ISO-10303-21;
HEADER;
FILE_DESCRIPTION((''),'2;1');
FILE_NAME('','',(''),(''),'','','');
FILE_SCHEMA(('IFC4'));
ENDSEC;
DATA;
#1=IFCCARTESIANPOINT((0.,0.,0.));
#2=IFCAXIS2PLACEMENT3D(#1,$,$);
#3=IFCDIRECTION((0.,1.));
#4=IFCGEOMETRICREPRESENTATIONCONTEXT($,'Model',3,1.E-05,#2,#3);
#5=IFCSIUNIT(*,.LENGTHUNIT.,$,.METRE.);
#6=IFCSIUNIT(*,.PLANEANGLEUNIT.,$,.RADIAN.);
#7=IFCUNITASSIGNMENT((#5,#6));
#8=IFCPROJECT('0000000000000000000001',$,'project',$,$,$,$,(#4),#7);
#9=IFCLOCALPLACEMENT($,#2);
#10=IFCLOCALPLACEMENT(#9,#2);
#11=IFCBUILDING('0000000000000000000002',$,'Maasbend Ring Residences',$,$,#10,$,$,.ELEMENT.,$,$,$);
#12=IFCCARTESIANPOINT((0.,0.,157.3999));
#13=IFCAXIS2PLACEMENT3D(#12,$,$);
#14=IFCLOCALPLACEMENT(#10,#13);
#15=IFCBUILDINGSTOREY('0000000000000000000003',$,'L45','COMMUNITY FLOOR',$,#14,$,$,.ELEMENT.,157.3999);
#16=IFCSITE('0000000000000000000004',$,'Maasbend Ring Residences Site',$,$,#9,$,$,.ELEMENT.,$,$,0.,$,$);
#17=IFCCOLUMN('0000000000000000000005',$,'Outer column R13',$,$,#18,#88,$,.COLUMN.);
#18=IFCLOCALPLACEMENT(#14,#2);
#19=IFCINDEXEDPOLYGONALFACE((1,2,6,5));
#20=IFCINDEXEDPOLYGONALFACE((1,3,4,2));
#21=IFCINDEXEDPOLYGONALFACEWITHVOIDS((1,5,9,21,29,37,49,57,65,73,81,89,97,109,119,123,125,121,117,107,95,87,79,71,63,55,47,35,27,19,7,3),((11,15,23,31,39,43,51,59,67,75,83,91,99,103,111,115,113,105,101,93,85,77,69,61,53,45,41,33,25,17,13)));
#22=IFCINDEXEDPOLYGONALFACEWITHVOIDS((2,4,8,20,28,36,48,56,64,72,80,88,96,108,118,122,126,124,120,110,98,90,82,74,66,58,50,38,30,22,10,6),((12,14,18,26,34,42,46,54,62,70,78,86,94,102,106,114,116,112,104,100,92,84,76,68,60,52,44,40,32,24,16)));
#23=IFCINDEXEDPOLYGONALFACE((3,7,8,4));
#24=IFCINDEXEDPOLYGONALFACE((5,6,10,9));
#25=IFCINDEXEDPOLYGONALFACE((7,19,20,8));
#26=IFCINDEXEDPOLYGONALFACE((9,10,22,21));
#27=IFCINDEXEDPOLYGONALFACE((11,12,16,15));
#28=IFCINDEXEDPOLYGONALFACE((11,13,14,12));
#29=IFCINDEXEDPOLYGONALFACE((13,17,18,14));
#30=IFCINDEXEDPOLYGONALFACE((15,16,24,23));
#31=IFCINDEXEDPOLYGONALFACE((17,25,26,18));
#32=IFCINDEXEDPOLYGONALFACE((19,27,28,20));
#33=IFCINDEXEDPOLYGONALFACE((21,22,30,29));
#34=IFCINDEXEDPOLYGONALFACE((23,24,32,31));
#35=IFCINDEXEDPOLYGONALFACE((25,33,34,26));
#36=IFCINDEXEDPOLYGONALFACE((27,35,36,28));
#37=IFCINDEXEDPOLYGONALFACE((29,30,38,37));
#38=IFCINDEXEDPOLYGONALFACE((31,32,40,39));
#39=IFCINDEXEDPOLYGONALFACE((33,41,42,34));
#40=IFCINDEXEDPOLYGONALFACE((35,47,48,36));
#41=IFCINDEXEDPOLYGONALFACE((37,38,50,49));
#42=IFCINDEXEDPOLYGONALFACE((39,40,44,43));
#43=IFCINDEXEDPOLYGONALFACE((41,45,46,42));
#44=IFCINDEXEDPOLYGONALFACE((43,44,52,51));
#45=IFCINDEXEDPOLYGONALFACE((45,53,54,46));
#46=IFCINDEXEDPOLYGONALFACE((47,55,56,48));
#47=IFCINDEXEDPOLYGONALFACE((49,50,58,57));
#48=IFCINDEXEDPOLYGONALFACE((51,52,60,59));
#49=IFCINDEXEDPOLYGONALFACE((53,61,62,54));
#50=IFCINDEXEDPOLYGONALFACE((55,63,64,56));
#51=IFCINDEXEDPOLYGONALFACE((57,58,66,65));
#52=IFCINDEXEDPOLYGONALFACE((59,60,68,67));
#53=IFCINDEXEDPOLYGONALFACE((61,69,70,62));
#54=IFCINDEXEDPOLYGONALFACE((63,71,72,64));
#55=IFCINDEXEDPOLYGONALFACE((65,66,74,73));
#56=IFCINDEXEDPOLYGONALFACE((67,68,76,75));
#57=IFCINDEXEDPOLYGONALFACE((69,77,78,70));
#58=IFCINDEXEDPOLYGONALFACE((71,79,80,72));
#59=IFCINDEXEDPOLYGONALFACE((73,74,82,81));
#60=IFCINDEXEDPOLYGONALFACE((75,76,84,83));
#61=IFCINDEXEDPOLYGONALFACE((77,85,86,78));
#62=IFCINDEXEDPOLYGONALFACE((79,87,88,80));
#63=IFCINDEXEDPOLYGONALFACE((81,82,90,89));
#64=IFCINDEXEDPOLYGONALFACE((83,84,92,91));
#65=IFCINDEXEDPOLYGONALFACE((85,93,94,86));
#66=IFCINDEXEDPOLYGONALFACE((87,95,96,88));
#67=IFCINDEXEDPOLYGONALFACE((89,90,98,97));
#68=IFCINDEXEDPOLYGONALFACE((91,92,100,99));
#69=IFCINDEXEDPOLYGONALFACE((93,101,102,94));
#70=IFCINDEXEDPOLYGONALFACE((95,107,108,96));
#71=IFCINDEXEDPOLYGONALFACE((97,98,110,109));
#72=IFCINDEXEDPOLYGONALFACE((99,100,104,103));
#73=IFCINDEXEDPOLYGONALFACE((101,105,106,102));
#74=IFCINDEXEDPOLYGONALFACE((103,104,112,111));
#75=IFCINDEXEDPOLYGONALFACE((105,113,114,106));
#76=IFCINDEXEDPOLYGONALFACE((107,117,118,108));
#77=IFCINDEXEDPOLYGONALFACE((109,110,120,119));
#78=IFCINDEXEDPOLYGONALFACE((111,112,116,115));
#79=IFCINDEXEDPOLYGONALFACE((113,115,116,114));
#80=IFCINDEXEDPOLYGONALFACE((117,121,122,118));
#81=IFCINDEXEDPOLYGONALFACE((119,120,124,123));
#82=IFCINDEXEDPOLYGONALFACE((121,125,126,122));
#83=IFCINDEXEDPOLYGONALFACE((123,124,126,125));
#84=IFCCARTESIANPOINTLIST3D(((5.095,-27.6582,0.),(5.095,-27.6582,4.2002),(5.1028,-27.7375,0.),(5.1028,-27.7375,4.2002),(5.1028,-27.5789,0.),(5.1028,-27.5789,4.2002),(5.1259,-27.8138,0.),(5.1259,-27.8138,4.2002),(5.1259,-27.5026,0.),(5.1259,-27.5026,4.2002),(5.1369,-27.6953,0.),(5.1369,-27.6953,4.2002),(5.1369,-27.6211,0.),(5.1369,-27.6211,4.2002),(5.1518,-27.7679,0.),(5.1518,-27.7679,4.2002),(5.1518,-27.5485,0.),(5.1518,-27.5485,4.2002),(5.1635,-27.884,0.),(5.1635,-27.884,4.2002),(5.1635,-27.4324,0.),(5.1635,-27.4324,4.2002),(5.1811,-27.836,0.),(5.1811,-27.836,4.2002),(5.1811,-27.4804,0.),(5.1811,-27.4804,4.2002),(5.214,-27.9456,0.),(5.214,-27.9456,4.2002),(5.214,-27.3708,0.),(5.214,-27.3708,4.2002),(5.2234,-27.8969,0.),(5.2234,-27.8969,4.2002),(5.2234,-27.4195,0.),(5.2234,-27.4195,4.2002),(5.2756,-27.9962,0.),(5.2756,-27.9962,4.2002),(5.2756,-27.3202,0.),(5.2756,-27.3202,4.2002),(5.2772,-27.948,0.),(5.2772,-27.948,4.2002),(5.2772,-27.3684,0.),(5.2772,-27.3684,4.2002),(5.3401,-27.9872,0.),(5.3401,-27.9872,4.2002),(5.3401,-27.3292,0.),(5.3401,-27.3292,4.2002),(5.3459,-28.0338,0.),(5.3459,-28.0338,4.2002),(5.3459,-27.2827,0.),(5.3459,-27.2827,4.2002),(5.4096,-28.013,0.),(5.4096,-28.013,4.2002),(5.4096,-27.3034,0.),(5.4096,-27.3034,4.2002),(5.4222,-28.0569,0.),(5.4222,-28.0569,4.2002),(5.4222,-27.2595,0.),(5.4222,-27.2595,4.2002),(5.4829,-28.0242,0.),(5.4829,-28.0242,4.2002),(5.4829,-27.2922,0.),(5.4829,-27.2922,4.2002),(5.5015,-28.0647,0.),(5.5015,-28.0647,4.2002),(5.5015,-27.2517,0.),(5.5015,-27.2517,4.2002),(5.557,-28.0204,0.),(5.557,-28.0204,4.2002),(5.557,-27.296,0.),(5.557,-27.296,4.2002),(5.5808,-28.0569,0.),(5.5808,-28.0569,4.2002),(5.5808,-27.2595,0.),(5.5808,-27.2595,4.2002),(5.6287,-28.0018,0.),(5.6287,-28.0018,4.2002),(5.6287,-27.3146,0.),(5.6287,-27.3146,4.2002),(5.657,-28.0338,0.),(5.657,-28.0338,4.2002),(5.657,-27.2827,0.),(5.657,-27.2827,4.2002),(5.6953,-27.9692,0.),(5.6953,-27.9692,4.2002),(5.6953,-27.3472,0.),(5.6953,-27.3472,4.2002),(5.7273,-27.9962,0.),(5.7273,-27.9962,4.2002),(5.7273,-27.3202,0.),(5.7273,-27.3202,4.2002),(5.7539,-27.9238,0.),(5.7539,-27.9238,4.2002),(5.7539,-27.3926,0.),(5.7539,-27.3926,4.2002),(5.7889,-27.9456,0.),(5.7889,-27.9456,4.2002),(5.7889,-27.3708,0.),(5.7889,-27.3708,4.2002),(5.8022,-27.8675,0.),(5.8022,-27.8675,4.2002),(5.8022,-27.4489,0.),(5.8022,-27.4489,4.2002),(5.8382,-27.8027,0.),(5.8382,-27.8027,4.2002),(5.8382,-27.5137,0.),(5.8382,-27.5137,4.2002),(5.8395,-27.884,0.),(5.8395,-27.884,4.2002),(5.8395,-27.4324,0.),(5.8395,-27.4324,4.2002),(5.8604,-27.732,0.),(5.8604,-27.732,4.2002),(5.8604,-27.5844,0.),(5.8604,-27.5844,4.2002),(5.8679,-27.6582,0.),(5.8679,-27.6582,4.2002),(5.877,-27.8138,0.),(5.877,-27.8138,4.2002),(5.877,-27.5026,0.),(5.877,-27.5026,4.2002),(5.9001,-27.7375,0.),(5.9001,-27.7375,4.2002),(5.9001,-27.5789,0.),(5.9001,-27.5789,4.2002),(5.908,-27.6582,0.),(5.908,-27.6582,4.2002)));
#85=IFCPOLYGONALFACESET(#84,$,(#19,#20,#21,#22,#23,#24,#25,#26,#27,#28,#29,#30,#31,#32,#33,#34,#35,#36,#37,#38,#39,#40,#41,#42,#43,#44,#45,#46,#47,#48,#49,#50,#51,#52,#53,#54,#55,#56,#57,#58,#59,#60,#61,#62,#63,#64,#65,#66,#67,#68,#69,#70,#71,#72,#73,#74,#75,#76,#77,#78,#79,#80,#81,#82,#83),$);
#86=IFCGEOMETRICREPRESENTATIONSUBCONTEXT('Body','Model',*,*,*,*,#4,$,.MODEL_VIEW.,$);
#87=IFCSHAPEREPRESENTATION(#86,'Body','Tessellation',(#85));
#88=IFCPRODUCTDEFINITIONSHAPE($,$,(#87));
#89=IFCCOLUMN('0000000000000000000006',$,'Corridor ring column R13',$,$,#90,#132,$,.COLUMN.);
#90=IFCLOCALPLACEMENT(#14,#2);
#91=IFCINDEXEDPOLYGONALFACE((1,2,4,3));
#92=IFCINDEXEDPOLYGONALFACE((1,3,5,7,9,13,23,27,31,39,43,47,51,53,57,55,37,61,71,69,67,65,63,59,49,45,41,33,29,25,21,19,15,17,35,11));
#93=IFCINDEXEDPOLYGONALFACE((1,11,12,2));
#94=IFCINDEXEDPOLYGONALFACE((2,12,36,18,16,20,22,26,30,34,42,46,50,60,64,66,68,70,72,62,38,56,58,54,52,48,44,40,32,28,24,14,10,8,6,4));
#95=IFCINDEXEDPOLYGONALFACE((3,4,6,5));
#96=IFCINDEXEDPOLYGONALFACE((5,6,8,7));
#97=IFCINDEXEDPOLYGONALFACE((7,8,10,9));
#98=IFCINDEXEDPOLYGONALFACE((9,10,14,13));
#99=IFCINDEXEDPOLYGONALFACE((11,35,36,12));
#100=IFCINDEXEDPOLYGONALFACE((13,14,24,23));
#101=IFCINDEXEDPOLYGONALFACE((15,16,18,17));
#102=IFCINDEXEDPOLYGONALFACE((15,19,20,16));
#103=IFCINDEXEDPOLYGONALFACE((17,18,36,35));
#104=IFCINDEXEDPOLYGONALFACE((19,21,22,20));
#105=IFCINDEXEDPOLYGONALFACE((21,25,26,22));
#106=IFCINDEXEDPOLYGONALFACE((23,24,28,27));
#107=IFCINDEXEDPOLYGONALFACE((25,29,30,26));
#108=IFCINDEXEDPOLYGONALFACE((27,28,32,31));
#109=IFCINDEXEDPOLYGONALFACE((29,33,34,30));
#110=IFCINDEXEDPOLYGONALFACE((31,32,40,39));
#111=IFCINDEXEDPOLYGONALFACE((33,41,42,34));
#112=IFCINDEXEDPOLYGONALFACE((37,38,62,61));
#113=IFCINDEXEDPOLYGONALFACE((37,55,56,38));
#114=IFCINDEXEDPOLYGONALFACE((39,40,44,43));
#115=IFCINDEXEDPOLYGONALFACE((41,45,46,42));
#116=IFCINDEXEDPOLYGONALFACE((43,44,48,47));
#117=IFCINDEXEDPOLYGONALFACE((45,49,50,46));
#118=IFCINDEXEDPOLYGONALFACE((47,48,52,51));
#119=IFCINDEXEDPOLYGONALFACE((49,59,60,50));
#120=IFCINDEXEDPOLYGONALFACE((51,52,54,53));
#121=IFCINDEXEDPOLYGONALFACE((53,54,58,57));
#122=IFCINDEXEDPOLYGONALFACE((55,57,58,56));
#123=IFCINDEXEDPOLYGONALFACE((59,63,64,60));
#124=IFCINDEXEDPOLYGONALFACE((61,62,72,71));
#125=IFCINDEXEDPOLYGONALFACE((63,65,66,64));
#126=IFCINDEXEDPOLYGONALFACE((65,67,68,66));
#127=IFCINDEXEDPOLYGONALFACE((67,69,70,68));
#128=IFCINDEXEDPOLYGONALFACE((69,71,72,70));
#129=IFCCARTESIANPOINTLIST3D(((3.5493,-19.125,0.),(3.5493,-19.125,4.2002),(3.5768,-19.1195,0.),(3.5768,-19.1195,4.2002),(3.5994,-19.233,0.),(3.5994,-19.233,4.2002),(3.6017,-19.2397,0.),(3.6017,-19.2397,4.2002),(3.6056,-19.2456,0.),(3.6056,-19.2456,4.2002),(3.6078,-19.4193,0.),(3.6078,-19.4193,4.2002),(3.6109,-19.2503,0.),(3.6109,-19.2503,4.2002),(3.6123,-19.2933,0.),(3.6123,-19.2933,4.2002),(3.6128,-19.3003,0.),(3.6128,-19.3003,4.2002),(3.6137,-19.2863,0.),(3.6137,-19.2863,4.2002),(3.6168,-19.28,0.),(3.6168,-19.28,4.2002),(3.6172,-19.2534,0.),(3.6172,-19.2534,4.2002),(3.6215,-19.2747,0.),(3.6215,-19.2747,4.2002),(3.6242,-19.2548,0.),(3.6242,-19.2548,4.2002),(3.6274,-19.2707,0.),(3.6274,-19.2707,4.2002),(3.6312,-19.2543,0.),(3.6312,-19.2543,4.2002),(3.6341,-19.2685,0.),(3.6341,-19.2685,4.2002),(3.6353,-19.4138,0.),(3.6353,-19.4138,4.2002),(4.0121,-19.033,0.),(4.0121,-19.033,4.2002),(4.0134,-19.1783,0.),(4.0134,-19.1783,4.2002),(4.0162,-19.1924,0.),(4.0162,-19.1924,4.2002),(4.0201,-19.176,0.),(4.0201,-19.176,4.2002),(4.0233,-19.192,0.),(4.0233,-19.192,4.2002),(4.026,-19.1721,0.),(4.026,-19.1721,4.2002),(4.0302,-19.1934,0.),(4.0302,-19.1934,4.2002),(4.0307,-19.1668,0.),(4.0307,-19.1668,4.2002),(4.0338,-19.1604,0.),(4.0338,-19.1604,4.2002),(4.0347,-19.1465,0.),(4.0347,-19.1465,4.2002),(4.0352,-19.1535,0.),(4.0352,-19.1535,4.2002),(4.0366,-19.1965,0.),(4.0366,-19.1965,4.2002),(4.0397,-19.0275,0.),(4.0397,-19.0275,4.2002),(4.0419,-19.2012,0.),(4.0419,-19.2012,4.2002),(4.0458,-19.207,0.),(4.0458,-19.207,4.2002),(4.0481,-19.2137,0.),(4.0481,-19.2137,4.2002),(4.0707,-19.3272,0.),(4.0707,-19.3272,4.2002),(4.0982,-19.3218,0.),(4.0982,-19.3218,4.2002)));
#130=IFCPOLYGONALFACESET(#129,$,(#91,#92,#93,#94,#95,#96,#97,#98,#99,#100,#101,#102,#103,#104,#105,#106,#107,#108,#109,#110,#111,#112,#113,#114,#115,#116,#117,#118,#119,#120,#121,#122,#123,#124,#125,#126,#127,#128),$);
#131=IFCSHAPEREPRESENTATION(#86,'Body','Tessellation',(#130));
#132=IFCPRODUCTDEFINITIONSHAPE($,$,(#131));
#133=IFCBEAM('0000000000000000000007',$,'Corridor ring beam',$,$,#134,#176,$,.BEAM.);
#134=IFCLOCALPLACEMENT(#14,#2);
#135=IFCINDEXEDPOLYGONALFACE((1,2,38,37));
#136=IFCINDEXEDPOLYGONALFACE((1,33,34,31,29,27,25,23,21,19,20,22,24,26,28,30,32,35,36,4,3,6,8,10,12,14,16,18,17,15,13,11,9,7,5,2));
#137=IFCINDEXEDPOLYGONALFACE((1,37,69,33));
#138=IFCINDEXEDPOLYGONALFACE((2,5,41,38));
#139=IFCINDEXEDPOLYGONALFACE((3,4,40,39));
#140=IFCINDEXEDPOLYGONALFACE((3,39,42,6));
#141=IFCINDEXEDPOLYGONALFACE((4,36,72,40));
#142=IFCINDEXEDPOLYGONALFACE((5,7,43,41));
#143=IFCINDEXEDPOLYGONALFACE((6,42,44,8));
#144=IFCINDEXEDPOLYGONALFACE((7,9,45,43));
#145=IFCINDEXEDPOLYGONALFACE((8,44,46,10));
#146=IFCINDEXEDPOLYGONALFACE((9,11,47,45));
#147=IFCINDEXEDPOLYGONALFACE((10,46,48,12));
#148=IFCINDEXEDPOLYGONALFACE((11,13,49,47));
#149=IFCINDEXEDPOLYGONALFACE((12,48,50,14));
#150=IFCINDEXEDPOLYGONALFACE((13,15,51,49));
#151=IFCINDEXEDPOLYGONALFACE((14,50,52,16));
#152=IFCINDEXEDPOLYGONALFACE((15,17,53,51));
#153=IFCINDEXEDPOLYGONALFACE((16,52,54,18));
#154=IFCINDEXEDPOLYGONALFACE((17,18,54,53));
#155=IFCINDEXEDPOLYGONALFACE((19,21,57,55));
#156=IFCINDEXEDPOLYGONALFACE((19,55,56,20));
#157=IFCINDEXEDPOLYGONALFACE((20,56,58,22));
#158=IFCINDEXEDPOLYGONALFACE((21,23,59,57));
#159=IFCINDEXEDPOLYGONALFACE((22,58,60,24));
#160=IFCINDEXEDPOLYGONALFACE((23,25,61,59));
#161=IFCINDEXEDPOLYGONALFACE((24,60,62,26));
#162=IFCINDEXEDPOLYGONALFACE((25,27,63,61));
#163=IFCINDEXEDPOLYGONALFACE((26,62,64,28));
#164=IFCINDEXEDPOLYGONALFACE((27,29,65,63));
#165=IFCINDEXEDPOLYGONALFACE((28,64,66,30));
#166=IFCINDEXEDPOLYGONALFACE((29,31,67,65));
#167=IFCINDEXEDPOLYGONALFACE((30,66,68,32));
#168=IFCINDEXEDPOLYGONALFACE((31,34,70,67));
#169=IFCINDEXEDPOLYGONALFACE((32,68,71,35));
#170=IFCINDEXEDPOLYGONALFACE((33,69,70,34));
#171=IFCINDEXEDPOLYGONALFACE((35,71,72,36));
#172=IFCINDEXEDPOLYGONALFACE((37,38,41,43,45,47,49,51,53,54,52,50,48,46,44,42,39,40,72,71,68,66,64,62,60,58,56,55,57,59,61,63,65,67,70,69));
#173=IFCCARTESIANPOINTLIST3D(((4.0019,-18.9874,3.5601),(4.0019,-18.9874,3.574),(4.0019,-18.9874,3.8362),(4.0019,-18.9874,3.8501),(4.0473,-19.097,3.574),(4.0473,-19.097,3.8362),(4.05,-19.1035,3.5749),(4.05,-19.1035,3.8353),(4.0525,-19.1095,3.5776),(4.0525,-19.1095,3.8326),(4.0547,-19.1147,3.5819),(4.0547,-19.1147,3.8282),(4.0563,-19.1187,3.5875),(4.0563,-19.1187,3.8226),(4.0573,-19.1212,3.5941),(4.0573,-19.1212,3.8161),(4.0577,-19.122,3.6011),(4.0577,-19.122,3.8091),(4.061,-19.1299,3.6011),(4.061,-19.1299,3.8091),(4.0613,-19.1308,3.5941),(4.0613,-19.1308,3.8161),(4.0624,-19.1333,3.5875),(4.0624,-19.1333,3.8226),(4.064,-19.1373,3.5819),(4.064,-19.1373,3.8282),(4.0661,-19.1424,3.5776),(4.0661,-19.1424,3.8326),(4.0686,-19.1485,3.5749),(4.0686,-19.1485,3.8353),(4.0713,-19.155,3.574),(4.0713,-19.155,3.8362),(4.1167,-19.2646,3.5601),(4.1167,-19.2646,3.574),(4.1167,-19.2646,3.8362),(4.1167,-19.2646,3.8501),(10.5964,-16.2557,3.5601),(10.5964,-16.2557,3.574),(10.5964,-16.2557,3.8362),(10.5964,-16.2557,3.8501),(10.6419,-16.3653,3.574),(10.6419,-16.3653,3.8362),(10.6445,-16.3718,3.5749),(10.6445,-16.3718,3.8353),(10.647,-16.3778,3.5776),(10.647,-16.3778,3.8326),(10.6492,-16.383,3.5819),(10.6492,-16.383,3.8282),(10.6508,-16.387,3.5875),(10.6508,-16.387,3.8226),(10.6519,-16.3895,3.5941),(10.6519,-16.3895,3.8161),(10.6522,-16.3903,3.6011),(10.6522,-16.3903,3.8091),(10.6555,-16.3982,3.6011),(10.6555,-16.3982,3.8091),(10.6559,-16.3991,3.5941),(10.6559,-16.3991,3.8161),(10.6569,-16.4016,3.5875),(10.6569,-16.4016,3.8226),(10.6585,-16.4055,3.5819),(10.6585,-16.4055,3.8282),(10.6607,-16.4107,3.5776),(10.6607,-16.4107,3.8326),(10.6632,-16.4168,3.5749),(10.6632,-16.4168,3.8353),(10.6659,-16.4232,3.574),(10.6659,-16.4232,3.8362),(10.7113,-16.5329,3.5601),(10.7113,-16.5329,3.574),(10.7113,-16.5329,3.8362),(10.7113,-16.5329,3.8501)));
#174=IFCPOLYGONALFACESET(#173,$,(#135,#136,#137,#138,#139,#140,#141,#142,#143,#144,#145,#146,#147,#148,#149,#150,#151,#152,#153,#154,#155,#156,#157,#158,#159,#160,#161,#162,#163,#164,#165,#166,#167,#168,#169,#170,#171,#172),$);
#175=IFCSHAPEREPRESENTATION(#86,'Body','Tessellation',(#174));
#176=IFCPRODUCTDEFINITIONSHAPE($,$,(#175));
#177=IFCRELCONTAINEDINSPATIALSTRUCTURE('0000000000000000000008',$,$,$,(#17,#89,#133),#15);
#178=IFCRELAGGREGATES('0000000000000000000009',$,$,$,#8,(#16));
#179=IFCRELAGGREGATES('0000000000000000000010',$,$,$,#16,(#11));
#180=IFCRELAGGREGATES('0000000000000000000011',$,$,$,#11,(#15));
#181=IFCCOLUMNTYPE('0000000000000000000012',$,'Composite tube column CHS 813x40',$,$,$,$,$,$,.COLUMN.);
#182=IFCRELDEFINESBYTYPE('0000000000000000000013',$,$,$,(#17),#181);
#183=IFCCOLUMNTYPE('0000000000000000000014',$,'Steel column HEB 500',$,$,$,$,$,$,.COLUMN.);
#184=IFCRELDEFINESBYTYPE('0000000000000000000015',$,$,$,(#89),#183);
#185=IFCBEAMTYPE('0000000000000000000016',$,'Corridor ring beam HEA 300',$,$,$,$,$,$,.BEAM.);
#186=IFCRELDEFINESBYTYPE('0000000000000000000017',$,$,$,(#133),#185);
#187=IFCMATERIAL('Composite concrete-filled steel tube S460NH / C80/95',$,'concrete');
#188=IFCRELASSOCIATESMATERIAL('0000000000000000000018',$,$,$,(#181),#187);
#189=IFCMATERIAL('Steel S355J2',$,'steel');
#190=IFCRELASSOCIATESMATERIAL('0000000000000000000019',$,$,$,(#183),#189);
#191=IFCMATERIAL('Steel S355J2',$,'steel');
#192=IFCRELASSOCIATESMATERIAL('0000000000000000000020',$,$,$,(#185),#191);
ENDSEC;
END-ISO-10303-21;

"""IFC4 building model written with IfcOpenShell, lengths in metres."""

from ifc_helpers import new_model, si_unit, direction, frame, origin, origin_2d, place, context, subcontext, project, spatial, hollow_circle, i_section, extrude, material, material_profile, profile_set, type_object, element, save


model = new_model("IFC4")

# Units and contexts
model_context = context("Model", 3, precision=1e-05, world=origin(), true_north=direction((0.0, 1.0)))
body_context = subcontext(model_context, "Body", "Model", "MODEL_VIEW")
ifc_project = project(units=[si_unit("LENGTHUNIT", "METRE"), si_unit("PLANEANGLEUNIT", "RADIAN")], contexts=[model_context])

# Site, building, storey
site_placement = place(None, origin())
site = spatial("IfcSite", under=ifc_project, at=site_placement, Name="Maasbend Ring Residences Site", CompositionType="ELEMENT", RefElevation=0.0)
building_placement = place(site_placement, origin())
building = spatial("IfcBuilding", under=site, at=building_placement, Name="Maasbend Ring Residences", CompositionType="ELEMENT")
storey_placement = place(building_placement, frame((0.0, 0.0, 157.3999)))
storey = spatial("IfcBuildingStorey", under=building, at=storey_placement, Name="L45", Description="COMMUNITY FLOOR", CompositionType="ELEMENT", Elevation=157.3999)

# Columns
ifc_material_1 = material(Name="Composite concrete-filled steel tube S460NH / C80/95", Category="concrete")
ifc_material_profile_1 = material_profile(ifc_material_1, hollow_circle(Radius=0.4065, WallThickness=0.04, at=origin_2d()), Name="Composite tube column CHS 813x40")
ifc_profile_set_1 = profile_set([ifc_material_profile_1], Name="Composite concrete-filled steel tube S460NH / C80/95")
column_type_1 = type_object("IfcColumnType", Name="Composite tube column CHS 813x40", PredefinedType="COLUMN", material=ifc_profile_set_1)
column_1_placement = place(storey_placement, frame((5.5015, -27.6582, 0.0), z_axis=(0.0, 0.0, 1.0), x_axis=(1.0, 0.0, 0.0)))
element("IfcColumn", 1, at=column_1_placement, inside=storey, type_object=column_type_1, Name="Outer column R13", PredefinedType="COLUMN", context=body_context, shape_type="SweptSolid", body=[
    extrude(hollow_circle(Radius=0.4065, WallThickness=0.04, at=origin_2d()), origin(), (0.0, 0.0, 1.0), 4.2002),
])
ifc_material_2 = material(Name="Steel S355J2", Category="steel")
ifc_material_profile_2 = material_profile(ifc_material_2, i_section(OverallWidth=0.3, OverallDepth=0.5, WebThickness=0.0144, FlangeThickness=0.0281, FilletRadius=0.0271, at=origin_2d()), Name="HEB 500")
ifc_profile_set_2 = profile_set([ifc_material_profile_2], Name="Steel S355J2")
column_type_2 = type_object("IfcColumnType", Name="Steel column HEB 500", PredefinedType="COLUMN", material=ifc_profile_set_2)
column_2_placement = place(storey_placement, frame((3.8237, -19.2234, 0.0), z_axis=(0.0, 0.0, 1.0), x_axis=(0.19509, -0.980785, 0.0)))
element("IfcColumn", 2, at=column_2_placement, inside=storey, type_object=column_type_2, Name="Corridor ring column R13", PredefinedType="COLUMN", context=body_context, shape_type="SweptSolid", body=[
    extrude(i_section(OverallWidth=0.3, OverallDepth=0.5, WebThickness=0.0144, FlangeThickness=0.0281, FilletRadius=0.0271, at=origin_2d()), origin(), (0.0, 0.0, 1.0), 4.2002),
])

# Beam
ifc_material_3 = material(Name="Steel S355J2", Category="steel")
ifc_material_profile_3 = material_profile(ifc_material_3, i_section(OverallWidth=0.3, OverallDepth=0.29, WebThickness=0.0085, FlangeThickness=0.0139, FilletRadius=0.0271, at=origin_2d()), Name="HEA 300")
ifc_profile_set_3 = profile_set([ifc_material_profile_3], Name="Steel S355J2")
beam_type_1 = type_object("IfcBeamType", Name="Corridor ring beam HEA 300", PredefinedType="BEAM", material=ifc_profile_set_3)
beam_1_placement = place(storey_placement, frame((4.0593, -19.126, 3.7051), z_axis=(0.923871, 0.382703, 0.0), x_axis=(-0.382703, 0.923871, 0.0)))
element("IfcBeam", 3, at=beam_1_placement, inside=storey, type_object=beam_type_1, Name="Corridor ring beam", PredefinedType="BEAM", context=body_context, shape_type="SweptSolid", body=[
    extrude(i_section(OverallWidth=0.3, OverallDepth=0.29, WebThickness=0.0085, FlangeThickness=0.0139, FilletRadius=0.0271, at=origin_2d()), origin(), (0.0, 0.0, 1.0), 7.1379),
])

save(model, "model.ifc")
